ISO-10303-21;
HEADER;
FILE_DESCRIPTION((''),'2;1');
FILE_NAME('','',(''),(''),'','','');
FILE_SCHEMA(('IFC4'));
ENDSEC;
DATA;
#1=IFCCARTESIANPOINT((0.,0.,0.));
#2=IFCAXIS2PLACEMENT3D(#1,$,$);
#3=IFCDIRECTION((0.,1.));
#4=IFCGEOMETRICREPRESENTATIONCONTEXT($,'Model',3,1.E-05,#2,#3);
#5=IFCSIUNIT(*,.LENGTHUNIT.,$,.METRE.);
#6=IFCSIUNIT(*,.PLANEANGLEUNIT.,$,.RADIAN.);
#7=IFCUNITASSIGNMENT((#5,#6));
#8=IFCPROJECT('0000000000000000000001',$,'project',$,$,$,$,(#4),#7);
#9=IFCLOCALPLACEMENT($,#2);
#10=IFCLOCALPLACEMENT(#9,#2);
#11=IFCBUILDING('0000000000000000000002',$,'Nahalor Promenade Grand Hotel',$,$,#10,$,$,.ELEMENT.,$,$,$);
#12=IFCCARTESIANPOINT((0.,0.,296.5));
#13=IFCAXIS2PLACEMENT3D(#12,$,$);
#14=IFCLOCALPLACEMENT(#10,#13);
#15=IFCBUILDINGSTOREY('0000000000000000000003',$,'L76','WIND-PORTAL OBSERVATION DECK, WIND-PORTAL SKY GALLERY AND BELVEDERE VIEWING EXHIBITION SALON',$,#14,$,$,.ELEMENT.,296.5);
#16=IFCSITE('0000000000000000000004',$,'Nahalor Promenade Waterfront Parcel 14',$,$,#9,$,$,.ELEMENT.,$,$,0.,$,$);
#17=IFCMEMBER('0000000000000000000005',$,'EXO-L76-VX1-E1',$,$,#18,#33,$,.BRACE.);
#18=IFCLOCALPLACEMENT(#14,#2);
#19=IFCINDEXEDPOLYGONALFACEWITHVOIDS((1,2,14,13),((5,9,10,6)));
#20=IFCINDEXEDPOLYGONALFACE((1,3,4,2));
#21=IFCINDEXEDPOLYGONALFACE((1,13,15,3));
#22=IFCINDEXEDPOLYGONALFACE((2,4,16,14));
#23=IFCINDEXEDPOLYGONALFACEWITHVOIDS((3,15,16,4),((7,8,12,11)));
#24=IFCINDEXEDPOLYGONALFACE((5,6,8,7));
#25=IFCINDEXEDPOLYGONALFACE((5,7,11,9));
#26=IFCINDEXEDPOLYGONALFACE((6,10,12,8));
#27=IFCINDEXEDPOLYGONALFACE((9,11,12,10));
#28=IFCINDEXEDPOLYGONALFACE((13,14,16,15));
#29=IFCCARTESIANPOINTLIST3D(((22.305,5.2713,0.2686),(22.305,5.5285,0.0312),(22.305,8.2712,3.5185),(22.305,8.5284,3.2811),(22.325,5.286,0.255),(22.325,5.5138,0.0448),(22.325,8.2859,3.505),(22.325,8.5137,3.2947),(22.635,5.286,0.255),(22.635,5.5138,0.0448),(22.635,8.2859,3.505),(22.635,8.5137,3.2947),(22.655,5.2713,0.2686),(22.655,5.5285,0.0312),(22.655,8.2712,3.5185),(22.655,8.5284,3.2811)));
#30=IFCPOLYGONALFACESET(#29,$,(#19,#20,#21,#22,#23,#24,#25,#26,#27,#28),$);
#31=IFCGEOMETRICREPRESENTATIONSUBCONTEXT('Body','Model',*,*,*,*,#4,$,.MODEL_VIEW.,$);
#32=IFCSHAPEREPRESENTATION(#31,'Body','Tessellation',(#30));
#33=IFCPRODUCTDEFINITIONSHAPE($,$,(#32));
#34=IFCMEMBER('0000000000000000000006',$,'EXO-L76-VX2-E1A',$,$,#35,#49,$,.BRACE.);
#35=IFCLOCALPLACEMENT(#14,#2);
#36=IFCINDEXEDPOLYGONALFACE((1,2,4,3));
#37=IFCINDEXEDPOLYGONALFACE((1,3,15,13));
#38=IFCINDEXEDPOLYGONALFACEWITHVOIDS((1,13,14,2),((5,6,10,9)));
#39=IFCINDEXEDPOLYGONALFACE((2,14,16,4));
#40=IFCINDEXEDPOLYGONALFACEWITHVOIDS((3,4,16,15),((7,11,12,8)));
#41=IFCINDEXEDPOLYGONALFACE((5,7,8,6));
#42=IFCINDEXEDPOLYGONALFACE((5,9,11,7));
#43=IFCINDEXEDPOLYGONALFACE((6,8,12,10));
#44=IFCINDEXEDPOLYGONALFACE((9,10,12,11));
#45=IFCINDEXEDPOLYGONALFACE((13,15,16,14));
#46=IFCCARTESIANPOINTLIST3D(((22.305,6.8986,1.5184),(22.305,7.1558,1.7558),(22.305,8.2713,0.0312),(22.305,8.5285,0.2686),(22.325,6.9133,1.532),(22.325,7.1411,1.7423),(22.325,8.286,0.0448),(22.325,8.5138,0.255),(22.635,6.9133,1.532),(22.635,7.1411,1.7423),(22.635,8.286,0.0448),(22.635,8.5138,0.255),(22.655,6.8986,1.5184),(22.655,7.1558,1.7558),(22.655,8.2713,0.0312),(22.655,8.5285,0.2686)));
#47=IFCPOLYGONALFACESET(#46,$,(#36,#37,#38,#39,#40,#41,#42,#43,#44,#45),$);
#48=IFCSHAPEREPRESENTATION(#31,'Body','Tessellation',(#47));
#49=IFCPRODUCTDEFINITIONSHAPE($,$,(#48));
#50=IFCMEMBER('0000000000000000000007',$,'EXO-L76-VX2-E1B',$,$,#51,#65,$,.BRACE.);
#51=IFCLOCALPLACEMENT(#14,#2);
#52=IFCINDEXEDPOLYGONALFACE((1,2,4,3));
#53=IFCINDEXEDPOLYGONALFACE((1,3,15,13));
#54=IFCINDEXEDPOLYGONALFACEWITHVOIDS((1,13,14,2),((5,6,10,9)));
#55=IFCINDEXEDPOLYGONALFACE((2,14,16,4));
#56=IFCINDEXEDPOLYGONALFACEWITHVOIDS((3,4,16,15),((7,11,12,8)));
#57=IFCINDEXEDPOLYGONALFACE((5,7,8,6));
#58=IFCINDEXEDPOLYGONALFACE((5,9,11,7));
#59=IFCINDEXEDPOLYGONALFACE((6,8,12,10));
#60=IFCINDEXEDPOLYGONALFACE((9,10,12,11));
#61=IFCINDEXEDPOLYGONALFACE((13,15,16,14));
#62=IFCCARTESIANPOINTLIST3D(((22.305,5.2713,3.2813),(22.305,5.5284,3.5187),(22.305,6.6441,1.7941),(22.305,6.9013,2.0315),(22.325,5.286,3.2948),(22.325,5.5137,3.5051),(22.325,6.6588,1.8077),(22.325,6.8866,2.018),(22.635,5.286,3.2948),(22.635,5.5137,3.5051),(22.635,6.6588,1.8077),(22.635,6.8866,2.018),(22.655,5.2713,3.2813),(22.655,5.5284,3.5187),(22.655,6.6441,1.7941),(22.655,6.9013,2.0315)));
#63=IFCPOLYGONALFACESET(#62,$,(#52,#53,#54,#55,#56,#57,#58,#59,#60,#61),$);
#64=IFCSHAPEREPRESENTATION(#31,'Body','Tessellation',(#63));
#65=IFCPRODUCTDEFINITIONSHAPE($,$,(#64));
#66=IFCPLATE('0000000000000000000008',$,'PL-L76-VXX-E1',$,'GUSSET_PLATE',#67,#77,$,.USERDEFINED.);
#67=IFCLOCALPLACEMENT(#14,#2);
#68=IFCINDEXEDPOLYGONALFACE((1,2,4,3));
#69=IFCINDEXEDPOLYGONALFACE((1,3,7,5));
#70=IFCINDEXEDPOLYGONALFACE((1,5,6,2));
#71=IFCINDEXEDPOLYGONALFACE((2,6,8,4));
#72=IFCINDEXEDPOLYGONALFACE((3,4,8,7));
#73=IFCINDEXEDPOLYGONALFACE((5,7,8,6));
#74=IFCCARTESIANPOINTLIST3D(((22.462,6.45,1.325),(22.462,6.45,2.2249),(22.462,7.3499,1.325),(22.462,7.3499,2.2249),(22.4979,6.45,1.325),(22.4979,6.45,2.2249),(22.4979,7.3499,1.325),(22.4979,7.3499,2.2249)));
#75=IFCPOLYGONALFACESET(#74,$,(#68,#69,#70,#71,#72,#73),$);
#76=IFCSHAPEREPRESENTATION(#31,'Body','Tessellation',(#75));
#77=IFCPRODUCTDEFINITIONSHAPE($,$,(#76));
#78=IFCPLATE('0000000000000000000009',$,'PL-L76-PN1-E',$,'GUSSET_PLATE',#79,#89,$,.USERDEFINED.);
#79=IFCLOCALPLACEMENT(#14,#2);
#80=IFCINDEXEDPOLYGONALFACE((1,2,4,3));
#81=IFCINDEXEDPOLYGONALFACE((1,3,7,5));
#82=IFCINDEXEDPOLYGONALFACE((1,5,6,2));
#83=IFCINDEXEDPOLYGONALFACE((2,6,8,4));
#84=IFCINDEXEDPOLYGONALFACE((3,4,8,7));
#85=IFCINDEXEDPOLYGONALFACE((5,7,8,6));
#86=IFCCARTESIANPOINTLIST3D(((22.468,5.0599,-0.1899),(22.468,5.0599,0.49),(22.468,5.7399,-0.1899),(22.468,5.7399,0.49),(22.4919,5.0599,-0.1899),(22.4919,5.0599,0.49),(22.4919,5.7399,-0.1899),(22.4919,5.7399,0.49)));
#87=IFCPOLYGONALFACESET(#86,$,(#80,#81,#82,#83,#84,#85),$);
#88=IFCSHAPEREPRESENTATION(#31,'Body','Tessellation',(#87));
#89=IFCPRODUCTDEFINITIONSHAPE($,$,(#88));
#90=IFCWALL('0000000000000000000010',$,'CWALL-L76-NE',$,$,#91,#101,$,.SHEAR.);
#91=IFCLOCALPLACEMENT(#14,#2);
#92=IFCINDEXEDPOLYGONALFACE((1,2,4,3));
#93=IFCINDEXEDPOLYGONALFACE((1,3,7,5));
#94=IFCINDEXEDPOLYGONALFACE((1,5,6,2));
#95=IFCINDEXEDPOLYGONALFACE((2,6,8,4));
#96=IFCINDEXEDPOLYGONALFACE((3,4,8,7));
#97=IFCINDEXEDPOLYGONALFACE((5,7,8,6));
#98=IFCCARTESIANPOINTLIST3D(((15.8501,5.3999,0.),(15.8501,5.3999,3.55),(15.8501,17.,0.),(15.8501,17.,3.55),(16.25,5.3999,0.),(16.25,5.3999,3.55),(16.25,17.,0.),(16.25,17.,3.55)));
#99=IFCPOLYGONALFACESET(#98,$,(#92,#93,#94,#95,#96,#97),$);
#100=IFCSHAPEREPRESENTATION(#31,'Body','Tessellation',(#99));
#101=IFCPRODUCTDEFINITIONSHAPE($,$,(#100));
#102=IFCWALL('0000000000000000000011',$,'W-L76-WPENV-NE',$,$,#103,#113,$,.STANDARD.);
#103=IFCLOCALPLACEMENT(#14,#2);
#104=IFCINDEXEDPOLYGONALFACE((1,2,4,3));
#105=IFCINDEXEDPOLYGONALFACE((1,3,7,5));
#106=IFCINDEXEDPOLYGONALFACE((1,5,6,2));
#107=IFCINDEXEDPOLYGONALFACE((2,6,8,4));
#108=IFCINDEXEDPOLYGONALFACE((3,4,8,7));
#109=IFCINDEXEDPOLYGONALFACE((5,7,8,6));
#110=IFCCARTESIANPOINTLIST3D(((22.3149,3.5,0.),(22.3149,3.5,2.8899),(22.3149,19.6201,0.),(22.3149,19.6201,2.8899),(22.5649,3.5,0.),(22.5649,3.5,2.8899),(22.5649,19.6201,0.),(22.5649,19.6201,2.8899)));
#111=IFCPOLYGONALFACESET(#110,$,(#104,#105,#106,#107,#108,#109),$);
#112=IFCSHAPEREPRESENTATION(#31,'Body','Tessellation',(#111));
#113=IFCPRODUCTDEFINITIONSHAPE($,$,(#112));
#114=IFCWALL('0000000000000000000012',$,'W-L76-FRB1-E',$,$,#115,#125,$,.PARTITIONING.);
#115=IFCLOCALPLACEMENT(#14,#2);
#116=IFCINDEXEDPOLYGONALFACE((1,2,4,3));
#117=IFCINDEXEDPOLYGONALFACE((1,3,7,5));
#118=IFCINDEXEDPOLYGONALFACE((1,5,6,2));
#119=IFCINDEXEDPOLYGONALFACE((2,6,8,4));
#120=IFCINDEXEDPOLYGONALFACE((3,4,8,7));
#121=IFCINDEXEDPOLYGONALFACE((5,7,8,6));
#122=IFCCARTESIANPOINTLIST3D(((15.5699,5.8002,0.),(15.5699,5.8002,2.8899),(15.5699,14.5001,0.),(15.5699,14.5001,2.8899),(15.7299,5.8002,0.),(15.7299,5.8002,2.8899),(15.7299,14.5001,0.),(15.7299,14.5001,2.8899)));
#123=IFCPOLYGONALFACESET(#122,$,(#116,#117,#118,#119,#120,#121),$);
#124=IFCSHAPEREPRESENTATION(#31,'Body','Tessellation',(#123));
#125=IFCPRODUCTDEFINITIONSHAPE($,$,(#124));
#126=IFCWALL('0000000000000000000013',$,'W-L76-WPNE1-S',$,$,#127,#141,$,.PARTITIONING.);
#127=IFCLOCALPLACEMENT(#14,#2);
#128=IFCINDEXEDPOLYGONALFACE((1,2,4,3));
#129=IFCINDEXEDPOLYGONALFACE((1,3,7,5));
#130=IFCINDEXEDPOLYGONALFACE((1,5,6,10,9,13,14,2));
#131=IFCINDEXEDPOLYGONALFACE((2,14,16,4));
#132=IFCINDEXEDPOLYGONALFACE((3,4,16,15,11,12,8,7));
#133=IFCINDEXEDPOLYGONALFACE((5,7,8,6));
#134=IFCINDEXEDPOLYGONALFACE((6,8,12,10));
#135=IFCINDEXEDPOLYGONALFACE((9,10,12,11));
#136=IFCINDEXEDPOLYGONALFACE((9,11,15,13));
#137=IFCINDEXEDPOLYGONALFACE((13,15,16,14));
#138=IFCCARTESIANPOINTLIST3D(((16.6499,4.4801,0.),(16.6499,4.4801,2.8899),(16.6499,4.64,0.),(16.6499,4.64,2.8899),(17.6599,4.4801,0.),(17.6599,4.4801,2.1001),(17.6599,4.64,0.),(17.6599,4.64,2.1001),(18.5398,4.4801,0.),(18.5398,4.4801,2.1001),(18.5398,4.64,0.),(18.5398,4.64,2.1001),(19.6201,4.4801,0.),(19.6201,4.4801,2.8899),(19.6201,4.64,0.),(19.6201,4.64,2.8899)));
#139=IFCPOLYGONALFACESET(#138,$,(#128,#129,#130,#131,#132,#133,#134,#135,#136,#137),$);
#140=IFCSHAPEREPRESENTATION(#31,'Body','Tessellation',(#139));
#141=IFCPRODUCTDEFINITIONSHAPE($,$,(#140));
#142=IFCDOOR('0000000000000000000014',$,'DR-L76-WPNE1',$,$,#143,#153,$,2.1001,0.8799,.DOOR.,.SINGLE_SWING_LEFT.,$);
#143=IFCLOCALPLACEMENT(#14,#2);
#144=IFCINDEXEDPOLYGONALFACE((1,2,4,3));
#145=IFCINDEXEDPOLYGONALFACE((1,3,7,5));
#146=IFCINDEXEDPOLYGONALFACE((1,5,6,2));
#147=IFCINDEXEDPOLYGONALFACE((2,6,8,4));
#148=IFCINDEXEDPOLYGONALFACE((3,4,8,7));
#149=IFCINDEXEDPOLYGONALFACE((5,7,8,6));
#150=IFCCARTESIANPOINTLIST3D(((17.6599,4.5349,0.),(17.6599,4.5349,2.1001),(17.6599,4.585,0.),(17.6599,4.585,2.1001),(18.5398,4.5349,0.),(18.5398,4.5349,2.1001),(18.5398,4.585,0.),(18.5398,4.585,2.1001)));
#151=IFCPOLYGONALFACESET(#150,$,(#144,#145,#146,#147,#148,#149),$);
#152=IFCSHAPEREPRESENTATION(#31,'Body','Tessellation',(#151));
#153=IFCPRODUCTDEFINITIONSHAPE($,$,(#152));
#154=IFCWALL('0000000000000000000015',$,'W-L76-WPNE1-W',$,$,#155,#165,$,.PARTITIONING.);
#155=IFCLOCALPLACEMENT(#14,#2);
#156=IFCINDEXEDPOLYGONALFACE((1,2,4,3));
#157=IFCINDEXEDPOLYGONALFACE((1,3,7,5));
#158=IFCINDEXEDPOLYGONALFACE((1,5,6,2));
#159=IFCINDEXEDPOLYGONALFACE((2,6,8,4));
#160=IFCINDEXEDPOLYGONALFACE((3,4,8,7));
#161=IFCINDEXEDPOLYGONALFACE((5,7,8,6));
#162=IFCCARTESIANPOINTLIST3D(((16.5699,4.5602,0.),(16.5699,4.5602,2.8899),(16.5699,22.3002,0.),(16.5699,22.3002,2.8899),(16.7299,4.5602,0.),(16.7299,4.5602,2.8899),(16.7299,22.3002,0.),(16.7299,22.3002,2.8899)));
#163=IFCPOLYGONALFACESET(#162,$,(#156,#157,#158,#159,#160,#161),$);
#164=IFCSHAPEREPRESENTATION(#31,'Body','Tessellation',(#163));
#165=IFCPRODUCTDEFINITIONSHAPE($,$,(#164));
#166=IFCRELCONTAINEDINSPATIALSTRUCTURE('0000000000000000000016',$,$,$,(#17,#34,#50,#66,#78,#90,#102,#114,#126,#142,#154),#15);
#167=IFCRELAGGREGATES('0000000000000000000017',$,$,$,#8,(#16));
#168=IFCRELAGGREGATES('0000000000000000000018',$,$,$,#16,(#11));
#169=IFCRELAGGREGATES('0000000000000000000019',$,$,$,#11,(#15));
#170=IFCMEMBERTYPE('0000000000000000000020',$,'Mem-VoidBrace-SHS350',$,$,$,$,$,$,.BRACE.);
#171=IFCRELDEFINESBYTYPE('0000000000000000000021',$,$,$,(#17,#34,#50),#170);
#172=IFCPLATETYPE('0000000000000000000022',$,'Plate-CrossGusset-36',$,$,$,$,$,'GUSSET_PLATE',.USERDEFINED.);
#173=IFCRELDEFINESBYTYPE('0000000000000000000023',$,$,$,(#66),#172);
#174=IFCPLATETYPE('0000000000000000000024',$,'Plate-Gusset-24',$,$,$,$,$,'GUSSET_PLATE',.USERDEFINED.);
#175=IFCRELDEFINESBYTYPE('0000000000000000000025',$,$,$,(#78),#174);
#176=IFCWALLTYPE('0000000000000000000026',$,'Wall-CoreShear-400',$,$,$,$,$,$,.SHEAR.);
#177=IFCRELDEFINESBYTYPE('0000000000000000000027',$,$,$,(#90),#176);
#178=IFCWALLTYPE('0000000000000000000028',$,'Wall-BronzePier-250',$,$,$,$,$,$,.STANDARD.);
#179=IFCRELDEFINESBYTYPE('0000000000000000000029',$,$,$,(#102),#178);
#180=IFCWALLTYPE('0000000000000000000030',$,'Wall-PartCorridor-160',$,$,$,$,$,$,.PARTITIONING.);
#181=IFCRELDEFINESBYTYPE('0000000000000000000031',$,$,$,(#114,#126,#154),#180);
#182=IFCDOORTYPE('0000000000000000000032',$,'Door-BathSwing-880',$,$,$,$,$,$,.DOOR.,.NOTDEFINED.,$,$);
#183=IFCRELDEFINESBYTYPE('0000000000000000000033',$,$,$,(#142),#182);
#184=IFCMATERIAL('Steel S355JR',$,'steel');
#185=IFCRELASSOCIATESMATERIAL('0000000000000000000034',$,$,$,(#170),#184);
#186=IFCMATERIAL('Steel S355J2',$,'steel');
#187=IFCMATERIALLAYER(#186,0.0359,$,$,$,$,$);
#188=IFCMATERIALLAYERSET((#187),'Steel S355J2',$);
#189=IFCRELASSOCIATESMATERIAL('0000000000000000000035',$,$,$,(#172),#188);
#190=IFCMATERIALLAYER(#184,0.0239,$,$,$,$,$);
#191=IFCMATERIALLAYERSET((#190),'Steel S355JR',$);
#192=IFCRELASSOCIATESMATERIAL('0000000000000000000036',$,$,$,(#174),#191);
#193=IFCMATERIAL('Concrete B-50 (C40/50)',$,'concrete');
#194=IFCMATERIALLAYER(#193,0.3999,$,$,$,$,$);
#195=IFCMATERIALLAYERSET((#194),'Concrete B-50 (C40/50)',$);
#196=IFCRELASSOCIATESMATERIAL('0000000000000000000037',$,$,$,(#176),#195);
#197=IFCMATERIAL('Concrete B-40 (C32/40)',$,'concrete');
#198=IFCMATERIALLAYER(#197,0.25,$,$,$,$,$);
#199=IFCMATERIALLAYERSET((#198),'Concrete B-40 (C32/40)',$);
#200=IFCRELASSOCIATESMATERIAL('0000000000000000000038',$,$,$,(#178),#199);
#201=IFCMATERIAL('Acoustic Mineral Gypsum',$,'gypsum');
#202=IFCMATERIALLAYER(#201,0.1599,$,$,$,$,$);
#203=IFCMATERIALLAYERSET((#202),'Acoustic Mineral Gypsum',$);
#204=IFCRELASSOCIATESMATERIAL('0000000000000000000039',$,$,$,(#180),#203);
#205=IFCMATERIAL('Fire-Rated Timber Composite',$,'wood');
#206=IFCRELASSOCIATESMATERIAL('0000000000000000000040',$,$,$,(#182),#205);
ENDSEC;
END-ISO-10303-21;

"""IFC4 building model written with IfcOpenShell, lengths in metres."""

from ifc_helpers import new_model, si_unit, direction, frame, frame_2d, origin, origin_2d, place, context, subcontext, project, spatial, rectangle, hollow_rectangle, extrude, source, transform, mapped, material, layer, layer_set, material_profile, profile_set, type_object, element, fill, save


model = new_model("IFC4")

# Units and contexts
model_context = context("Model", 3, precision=1e-05, world=origin(), true_north=direction((0.0, 1.0)))
body_context = subcontext(model_context, "Body", "Model", "MODEL_VIEW")
ifc_project = project(units=[si_unit("LENGTHUNIT", "METRE"), si_unit("PLANEANGLEUNIT", "RADIAN")], contexts=[model_context])

# Site, building, storey
site_placement = place(None, origin())
site = spatial("IfcSite", under=ifc_project, at=site_placement, Name="Nahalor Promenade Waterfront Parcel 14", CompositionType="ELEMENT", RefElevation=0.0)
building_placement = place(site_placement, origin())
building = spatial("IfcBuilding", under=site, at=building_placement, Name="Nahalor Promenade Grand Hotel", CompositionType="ELEMENT")
storey_placement = place(building_placement, frame((0.0, 0.0, 296.5)))
storey = spatial("IfcBuildingStorey", under=building, at=storey_placement, Name="L76", Description="WIND-PORTAL OBSERVATION DECK, WIND-PORTAL SKY GALLERY AND BELVEDERE VIEWING EXHIBITION SALON", CompositionType="ELEMENT", Elevation=296.5)

# Shared definitions
ifc_material_1 = material(Name="Steel S355JR", Category="steel")

# Members
ifc_material_profile_1 = material_profile(ifc_material_1, hollow_rectangle(XDim=0.35, YDim=0.35, WallThickness=0.02, at=origin_2d()), Name="SHS 350x350x20")
ifc_profile_set_1 = profile_set([ifc_material_profile_1], Name="Steel S355JR")
member_type = type_object("IfcMemberType", Name="Mem-VoidBrace-SHS350", PredefinedType="BRACE", material=ifc_profile_set_1)
shared_shape_1 = source(origin(), body_context, "Body", "SweptSolid", [
    extrude(hollow_rectangle(XDim=0.35, YDim=0.35, WallThickness=0.02, at=origin_2d()), origin(), (0.0, 0.0, 1.0), 4.4229),
])
member_placement = place(storey_placement, frame((22.48, 5.3999, 0.1499), z_axis=(0.0, 0.67828, 0.734803), x_axis=(-1.0, 0.0, 0.0)))
element("IfcMember", 1, at=member_placement, inside=storey, type_object=member_type, Name="EXO-L76-VX1-E1", PredefinedType="BRACE", context=body_context, shape_type="MappedRepresentation", body=[
    mapped(shared_shape_1, transform((0.0, 0.0, 0.0), scale=1.0)),
])
shared_shape_2 = source(origin(), body_context, "Body", "SweptSolid", [
    extrude(hollow_rectangle(XDim=0.35, YDim=0.35, WallThickness=0.02, at=origin_2d()), origin(), (0.0, 0.0, 1.0), 2.0239),
])
for number, where, z_axis, x_axis, name in (
    (2, (22.48, 8.3999, 0.1499), (0.0, -0.678255, 0.734827), (1.0, 0.0, 0.0), "EXO-L76-VX2-E1A"),
    (3, (22.48, 6.7727, 1.9128), (0.0, -0.678315, 0.734771), (1.0, 0.0, 0.0), "EXO-L76-VX2-E1B"),
):
    element("IfcMember", number, at=place(storey_placement, frame(where, z_axis=z_axis, x_axis=x_axis)), inside=storey, type_object=member_type, Name=name, PredefinedType="BRACE", context=body_context, shape_type="MappedRepresentation", body=[
        mapped(shared_shape_2, transform((0.0, 0.0, 0.0), scale=1.0)),
    ])

# Plates
ifc_material_2 = material(Name="Steel S355J2", Category="steel")
ifc_layer_1 = layer(ifc_material_2, 0.0359)
ifc_layer_set_1 = layer_set([ifc_layer_1], Name="Steel S355J2")
plate_type_1 = type_object("IfcPlateType", Name="Plate-CrossGusset-36", ElementType="GUSSET_PLATE", PredefinedType="USERDEFINED", material=ifc_layer_set_1)
shared_shape_3 = source(origin(), body_context, "Body", "SweptSolid", [
    extrude(rectangle(XDim=0.8999, YDim=0.0359, at=origin_2d()), origin(), (0.0, 0.0, 1.0), 0.8999),
])
plate_1_placement = place(storey_placement, frame((22.48, 6.8999, 1.325), z_axis=(0.0, 0.0, 1.0), x_axis=(0.0, 1.0, 0.0)))
element("IfcPlate", 4, at=plate_1_placement, inside=storey, type_object=plate_type_1, Name="PL-L76-VXX-E1", ObjectType="GUSSET_PLATE", PredefinedType="USERDEFINED", context=body_context, shape_type="MappedRepresentation", body=[
    mapped(shared_shape_3, transform((0.0, 0.0, 0.0), scale=1.0)),
])
ifc_layer_2 = layer(ifc_material_1, 0.0239)
ifc_layer_set_2 = layer_set([ifc_layer_2], Name="Steel S355JR")
plate_type_2 = type_object("IfcPlateType", Name="Plate-Gusset-24", ElementType="GUSSET_PLATE", PredefinedType="USERDEFINED", material=ifc_layer_set_2)
shared_shape_4 = source(origin(), body_context, "Body", "SweptSolid", [
    extrude(rectangle(XDim=0.6799, YDim=0.0239, at=origin_2d()), origin(), (0.0, 0.0, 1.0), 0.6799),
])
plate_2_placement = place(storey_placement, frame((22.48, 5.3999, -0.1899), z_axis=(0.0, 0.0, 1.0), x_axis=(0.0, 1.0, 0.0)))
element("IfcPlate", 5, at=plate_2_placement, inside=storey, type_object=plate_type_2, Name="PL-L76-PN1-E", ObjectType="GUSSET_PLATE", PredefinedType="USERDEFINED", context=body_context, shape_type="MappedRepresentation", body=[
    mapped(shared_shape_4, transform((0.0, 0.0, 0.0), scale=1.0)),
])

# Walls
ifc_material_3 = material(Name="Concrete B-50 (C40/50)", Category="concrete")
ifc_layer_3 = layer(ifc_material_3, 0.3999)
ifc_layer_set_3 = layer_set([ifc_layer_3], Name="Concrete B-50 (C40/50)")
wall_type_1 = type_object("IfcWallType", Name="Wall-CoreShear-400", PredefinedType="SHEAR", material=ifc_layer_set_3)
shared_shape_5 = source(origin(), body_context, "Body", "SweptSolid", [
    extrude(rectangle(XDim=11.6001, YDim=0.3999, at=frame_2d((5.8, 0.0))), origin(), (0.0, 0.0, 1.0), 3.55),
])
wall_1_placement = place(storey_placement, frame((16.05, 5.3999, 0.0), z_axis=(0.0, 0.0, 1.0), x_axis=(0.0, 1.0, 0.0)))
element("IfcWall", 6, at=wall_1_placement, inside=storey, type_object=wall_type_1, Name="CWALL-L76-NE", PredefinedType="SHEAR", context=body_context, shape_type="MappedRepresentation", body=[
    mapped(shared_shape_5, transform((0.0, 0.0, 0.0), scale=1.0)),
])
ifc_material_4 = material(Name="Concrete B-40 (C32/40)", Category="concrete")
ifc_layer_4 = layer(ifc_material_4, 0.25)
ifc_layer_set_4 = layer_set([ifc_layer_4], Name="Concrete B-40 (C32/40)")
wall_type_2 = type_object("IfcWallType", Name="Wall-BronzePier-250", PredefinedType="STANDARD", material=ifc_layer_set_4)
shared_shape_6 = source(origin(), body_context, "Body", "SweptSolid", [
    extrude(rectangle(XDim=16.1201, YDim=0.25, at=frame_2d((8.0601, 0.0))), origin(), (0.0, 0.0, 1.0), 2.8899),
])
wall_2_placement = place(storey_placement, frame((22.4399, 3.5, 0.0), z_axis=(0.0, 0.0, 1.0), x_axis=(0.0, 1.0, 0.0)))
element("IfcWall", 7, at=wall_2_placement, inside=storey, type_object=wall_type_2, Name="W-L76-WPENV-NE", PredefinedType="STANDARD", context=body_context, shape_type="MappedRepresentation", body=[
    mapped(shared_shape_6, transform((0.0, 0.0, 0.0), scale=1.0)),
])
ifc_material_5 = material(Name="Acoustic Mineral Gypsum", Category="gypsum")
ifc_layer_5 = layer(ifc_material_5, 0.1599)
ifc_layer_set_5 = layer_set([ifc_layer_5], Name="Acoustic Mineral Gypsum")
wall_type_3 = type_object("IfcWallType", Name="Wall-PartCorridor-160", PredefinedType="PARTITIONING", material=ifc_layer_set_5)
shared_shape_7 = source(origin(), body_context, "Body", "SweptSolid", [
    extrude(rectangle(XDim=8.7, YDim=0.1599, at=frame_2d((4.3501, 0.0))), origin(), (0.0, 0.0, 1.0), 2.8899),
])
wall_3_placement = place(storey_placement, frame((15.6499, 5.8, 0.0), z_axis=(0.0, 0.0, 1.0), x_axis=(0.0, 1.0, 0.0)))
element("IfcWall", 8, at=wall_3_placement, inside=storey, type_object=wall_type_3, Name="W-L76-FRB1-E", PredefinedType="PARTITIONING", context=body_context, shape_type="MappedRepresentation", body=[
    mapped(shared_shape_7, transform((0.0, 0.0, 0.0), scale=1.0)),
])

# Wall, opening, door
shared_shape_8 = source(origin(), body_context, "Body", "SweptSolid", [
    extrude(rectangle(XDim=2.9702, YDim=0.1599, at=frame_2d((1.4851, 0.0))), origin(), (0.0, 0.0, 1.0), 2.8899),
])
wall_4_placement = place(storey_placement, frame((16.6499, 4.5601, 0.0), z_axis=(0.0, 0.0, 1.0), x_axis=(1.0, 0.0, 0.0)))
wall_4 = element("IfcWall", 9, at=wall_4_placement, inside=storey, type_object=wall_type_3, Name="W-L76-WPNE1-S", PredefinedType="PARTITIONING", context=body_context, shape_type="MappedRepresentation", body=[
    mapped(shared_shape_8, transform((0.0, 0.0, 0.0), scale=1.0)),
])
opening_1_placement = place(wall_4_placement, frame((1.01, 0.0, 0.0)))
opening_1 = element("IfcOpeningElement", 10, at=opening_1_placement, cuts=wall_4, PredefinedType="OPENING", context=body_context, shape_type="SweptSolid", body=[
    extrude(rectangle(XDim=0.8799, YDim=2.1001, at=frame_2d((0.4399, 1.05))), frame((0.0, 0.0898, 0.0), z_axis=(0.0, -1.0, 0.0), x_axis=(1.0, 0.0, 0.0)), (0.0, 0.0, 1.0), 0.1799),
])
ifc_material_6 = material(Name="Fire-Rated Timber Composite", Category="wood")
door_type = type_object("IfcDoorType", Name="Door-BathSwing-880", OperationType="NOTDEFINED", PredefinedType="DOOR", material=ifc_material_6)
shared_shape_9 = source(origin(), body_context, "Body", "SweptSolid", [
    extrude(rectangle(XDim=0.8799, YDim=2.1001, at=frame_2d((0.4399, 1.05))), frame((0.0, 0.0249, 0.0), z_axis=(0.0, -1.0, 0.0), x_axis=(1.0, 0.0, 0.0)), (0.0, 0.0, 1.0), 0.05),
])
door_1_placement = place(opening_1_placement, origin())
door_1 = element("IfcDoor", 11, at=door_1_placement, inside=storey, type_object=door_type, Name="DR-L76-WPNE1", OperationType="SINGLE_SWING_LEFT", OverallHeight=2.1001, OverallWidth=0.8799, PredefinedType="DOOR", context=body_context, shape_type="MappedRepresentation", body=[
    mapped(shared_shape_9, transform((0.0, 0.0, 0.0), scale=1.0)),
])
fill(opening_1, door_1)

# Wall
shared_shape_10 = source(origin(), body_context, "Body", "SweptSolid", [
    extrude(rectangle(XDim=17.74, YDim=0.1599, at=frame_2d((8.8701, 0.0))), origin(), (0.0, 0.0, 1.0), 2.8899),
])
for number, where, z_axis, x_axis, name in (
    (12, (16.6499, 4.5601, 0.0), (0.0, 0.0, 1.0), (0.0, 1.0, 0.0), "W-L76-WPNE1-W"),
):
    element("IfcWall", number, at=place(storey_placement, frame(where, z_axis=z_axis, x_axis=x_axis)), inside=storey, type_object=wall_type_3, Name=name, PredefinedType="PARTITIONING", context=body_context, shape_type="MappedRepresentation", body=[
        mapped(shared_shape_10, transform((0.0, 0.0, 0.0), scale=1.0)),
    ])

save(model, "model.ifc")
